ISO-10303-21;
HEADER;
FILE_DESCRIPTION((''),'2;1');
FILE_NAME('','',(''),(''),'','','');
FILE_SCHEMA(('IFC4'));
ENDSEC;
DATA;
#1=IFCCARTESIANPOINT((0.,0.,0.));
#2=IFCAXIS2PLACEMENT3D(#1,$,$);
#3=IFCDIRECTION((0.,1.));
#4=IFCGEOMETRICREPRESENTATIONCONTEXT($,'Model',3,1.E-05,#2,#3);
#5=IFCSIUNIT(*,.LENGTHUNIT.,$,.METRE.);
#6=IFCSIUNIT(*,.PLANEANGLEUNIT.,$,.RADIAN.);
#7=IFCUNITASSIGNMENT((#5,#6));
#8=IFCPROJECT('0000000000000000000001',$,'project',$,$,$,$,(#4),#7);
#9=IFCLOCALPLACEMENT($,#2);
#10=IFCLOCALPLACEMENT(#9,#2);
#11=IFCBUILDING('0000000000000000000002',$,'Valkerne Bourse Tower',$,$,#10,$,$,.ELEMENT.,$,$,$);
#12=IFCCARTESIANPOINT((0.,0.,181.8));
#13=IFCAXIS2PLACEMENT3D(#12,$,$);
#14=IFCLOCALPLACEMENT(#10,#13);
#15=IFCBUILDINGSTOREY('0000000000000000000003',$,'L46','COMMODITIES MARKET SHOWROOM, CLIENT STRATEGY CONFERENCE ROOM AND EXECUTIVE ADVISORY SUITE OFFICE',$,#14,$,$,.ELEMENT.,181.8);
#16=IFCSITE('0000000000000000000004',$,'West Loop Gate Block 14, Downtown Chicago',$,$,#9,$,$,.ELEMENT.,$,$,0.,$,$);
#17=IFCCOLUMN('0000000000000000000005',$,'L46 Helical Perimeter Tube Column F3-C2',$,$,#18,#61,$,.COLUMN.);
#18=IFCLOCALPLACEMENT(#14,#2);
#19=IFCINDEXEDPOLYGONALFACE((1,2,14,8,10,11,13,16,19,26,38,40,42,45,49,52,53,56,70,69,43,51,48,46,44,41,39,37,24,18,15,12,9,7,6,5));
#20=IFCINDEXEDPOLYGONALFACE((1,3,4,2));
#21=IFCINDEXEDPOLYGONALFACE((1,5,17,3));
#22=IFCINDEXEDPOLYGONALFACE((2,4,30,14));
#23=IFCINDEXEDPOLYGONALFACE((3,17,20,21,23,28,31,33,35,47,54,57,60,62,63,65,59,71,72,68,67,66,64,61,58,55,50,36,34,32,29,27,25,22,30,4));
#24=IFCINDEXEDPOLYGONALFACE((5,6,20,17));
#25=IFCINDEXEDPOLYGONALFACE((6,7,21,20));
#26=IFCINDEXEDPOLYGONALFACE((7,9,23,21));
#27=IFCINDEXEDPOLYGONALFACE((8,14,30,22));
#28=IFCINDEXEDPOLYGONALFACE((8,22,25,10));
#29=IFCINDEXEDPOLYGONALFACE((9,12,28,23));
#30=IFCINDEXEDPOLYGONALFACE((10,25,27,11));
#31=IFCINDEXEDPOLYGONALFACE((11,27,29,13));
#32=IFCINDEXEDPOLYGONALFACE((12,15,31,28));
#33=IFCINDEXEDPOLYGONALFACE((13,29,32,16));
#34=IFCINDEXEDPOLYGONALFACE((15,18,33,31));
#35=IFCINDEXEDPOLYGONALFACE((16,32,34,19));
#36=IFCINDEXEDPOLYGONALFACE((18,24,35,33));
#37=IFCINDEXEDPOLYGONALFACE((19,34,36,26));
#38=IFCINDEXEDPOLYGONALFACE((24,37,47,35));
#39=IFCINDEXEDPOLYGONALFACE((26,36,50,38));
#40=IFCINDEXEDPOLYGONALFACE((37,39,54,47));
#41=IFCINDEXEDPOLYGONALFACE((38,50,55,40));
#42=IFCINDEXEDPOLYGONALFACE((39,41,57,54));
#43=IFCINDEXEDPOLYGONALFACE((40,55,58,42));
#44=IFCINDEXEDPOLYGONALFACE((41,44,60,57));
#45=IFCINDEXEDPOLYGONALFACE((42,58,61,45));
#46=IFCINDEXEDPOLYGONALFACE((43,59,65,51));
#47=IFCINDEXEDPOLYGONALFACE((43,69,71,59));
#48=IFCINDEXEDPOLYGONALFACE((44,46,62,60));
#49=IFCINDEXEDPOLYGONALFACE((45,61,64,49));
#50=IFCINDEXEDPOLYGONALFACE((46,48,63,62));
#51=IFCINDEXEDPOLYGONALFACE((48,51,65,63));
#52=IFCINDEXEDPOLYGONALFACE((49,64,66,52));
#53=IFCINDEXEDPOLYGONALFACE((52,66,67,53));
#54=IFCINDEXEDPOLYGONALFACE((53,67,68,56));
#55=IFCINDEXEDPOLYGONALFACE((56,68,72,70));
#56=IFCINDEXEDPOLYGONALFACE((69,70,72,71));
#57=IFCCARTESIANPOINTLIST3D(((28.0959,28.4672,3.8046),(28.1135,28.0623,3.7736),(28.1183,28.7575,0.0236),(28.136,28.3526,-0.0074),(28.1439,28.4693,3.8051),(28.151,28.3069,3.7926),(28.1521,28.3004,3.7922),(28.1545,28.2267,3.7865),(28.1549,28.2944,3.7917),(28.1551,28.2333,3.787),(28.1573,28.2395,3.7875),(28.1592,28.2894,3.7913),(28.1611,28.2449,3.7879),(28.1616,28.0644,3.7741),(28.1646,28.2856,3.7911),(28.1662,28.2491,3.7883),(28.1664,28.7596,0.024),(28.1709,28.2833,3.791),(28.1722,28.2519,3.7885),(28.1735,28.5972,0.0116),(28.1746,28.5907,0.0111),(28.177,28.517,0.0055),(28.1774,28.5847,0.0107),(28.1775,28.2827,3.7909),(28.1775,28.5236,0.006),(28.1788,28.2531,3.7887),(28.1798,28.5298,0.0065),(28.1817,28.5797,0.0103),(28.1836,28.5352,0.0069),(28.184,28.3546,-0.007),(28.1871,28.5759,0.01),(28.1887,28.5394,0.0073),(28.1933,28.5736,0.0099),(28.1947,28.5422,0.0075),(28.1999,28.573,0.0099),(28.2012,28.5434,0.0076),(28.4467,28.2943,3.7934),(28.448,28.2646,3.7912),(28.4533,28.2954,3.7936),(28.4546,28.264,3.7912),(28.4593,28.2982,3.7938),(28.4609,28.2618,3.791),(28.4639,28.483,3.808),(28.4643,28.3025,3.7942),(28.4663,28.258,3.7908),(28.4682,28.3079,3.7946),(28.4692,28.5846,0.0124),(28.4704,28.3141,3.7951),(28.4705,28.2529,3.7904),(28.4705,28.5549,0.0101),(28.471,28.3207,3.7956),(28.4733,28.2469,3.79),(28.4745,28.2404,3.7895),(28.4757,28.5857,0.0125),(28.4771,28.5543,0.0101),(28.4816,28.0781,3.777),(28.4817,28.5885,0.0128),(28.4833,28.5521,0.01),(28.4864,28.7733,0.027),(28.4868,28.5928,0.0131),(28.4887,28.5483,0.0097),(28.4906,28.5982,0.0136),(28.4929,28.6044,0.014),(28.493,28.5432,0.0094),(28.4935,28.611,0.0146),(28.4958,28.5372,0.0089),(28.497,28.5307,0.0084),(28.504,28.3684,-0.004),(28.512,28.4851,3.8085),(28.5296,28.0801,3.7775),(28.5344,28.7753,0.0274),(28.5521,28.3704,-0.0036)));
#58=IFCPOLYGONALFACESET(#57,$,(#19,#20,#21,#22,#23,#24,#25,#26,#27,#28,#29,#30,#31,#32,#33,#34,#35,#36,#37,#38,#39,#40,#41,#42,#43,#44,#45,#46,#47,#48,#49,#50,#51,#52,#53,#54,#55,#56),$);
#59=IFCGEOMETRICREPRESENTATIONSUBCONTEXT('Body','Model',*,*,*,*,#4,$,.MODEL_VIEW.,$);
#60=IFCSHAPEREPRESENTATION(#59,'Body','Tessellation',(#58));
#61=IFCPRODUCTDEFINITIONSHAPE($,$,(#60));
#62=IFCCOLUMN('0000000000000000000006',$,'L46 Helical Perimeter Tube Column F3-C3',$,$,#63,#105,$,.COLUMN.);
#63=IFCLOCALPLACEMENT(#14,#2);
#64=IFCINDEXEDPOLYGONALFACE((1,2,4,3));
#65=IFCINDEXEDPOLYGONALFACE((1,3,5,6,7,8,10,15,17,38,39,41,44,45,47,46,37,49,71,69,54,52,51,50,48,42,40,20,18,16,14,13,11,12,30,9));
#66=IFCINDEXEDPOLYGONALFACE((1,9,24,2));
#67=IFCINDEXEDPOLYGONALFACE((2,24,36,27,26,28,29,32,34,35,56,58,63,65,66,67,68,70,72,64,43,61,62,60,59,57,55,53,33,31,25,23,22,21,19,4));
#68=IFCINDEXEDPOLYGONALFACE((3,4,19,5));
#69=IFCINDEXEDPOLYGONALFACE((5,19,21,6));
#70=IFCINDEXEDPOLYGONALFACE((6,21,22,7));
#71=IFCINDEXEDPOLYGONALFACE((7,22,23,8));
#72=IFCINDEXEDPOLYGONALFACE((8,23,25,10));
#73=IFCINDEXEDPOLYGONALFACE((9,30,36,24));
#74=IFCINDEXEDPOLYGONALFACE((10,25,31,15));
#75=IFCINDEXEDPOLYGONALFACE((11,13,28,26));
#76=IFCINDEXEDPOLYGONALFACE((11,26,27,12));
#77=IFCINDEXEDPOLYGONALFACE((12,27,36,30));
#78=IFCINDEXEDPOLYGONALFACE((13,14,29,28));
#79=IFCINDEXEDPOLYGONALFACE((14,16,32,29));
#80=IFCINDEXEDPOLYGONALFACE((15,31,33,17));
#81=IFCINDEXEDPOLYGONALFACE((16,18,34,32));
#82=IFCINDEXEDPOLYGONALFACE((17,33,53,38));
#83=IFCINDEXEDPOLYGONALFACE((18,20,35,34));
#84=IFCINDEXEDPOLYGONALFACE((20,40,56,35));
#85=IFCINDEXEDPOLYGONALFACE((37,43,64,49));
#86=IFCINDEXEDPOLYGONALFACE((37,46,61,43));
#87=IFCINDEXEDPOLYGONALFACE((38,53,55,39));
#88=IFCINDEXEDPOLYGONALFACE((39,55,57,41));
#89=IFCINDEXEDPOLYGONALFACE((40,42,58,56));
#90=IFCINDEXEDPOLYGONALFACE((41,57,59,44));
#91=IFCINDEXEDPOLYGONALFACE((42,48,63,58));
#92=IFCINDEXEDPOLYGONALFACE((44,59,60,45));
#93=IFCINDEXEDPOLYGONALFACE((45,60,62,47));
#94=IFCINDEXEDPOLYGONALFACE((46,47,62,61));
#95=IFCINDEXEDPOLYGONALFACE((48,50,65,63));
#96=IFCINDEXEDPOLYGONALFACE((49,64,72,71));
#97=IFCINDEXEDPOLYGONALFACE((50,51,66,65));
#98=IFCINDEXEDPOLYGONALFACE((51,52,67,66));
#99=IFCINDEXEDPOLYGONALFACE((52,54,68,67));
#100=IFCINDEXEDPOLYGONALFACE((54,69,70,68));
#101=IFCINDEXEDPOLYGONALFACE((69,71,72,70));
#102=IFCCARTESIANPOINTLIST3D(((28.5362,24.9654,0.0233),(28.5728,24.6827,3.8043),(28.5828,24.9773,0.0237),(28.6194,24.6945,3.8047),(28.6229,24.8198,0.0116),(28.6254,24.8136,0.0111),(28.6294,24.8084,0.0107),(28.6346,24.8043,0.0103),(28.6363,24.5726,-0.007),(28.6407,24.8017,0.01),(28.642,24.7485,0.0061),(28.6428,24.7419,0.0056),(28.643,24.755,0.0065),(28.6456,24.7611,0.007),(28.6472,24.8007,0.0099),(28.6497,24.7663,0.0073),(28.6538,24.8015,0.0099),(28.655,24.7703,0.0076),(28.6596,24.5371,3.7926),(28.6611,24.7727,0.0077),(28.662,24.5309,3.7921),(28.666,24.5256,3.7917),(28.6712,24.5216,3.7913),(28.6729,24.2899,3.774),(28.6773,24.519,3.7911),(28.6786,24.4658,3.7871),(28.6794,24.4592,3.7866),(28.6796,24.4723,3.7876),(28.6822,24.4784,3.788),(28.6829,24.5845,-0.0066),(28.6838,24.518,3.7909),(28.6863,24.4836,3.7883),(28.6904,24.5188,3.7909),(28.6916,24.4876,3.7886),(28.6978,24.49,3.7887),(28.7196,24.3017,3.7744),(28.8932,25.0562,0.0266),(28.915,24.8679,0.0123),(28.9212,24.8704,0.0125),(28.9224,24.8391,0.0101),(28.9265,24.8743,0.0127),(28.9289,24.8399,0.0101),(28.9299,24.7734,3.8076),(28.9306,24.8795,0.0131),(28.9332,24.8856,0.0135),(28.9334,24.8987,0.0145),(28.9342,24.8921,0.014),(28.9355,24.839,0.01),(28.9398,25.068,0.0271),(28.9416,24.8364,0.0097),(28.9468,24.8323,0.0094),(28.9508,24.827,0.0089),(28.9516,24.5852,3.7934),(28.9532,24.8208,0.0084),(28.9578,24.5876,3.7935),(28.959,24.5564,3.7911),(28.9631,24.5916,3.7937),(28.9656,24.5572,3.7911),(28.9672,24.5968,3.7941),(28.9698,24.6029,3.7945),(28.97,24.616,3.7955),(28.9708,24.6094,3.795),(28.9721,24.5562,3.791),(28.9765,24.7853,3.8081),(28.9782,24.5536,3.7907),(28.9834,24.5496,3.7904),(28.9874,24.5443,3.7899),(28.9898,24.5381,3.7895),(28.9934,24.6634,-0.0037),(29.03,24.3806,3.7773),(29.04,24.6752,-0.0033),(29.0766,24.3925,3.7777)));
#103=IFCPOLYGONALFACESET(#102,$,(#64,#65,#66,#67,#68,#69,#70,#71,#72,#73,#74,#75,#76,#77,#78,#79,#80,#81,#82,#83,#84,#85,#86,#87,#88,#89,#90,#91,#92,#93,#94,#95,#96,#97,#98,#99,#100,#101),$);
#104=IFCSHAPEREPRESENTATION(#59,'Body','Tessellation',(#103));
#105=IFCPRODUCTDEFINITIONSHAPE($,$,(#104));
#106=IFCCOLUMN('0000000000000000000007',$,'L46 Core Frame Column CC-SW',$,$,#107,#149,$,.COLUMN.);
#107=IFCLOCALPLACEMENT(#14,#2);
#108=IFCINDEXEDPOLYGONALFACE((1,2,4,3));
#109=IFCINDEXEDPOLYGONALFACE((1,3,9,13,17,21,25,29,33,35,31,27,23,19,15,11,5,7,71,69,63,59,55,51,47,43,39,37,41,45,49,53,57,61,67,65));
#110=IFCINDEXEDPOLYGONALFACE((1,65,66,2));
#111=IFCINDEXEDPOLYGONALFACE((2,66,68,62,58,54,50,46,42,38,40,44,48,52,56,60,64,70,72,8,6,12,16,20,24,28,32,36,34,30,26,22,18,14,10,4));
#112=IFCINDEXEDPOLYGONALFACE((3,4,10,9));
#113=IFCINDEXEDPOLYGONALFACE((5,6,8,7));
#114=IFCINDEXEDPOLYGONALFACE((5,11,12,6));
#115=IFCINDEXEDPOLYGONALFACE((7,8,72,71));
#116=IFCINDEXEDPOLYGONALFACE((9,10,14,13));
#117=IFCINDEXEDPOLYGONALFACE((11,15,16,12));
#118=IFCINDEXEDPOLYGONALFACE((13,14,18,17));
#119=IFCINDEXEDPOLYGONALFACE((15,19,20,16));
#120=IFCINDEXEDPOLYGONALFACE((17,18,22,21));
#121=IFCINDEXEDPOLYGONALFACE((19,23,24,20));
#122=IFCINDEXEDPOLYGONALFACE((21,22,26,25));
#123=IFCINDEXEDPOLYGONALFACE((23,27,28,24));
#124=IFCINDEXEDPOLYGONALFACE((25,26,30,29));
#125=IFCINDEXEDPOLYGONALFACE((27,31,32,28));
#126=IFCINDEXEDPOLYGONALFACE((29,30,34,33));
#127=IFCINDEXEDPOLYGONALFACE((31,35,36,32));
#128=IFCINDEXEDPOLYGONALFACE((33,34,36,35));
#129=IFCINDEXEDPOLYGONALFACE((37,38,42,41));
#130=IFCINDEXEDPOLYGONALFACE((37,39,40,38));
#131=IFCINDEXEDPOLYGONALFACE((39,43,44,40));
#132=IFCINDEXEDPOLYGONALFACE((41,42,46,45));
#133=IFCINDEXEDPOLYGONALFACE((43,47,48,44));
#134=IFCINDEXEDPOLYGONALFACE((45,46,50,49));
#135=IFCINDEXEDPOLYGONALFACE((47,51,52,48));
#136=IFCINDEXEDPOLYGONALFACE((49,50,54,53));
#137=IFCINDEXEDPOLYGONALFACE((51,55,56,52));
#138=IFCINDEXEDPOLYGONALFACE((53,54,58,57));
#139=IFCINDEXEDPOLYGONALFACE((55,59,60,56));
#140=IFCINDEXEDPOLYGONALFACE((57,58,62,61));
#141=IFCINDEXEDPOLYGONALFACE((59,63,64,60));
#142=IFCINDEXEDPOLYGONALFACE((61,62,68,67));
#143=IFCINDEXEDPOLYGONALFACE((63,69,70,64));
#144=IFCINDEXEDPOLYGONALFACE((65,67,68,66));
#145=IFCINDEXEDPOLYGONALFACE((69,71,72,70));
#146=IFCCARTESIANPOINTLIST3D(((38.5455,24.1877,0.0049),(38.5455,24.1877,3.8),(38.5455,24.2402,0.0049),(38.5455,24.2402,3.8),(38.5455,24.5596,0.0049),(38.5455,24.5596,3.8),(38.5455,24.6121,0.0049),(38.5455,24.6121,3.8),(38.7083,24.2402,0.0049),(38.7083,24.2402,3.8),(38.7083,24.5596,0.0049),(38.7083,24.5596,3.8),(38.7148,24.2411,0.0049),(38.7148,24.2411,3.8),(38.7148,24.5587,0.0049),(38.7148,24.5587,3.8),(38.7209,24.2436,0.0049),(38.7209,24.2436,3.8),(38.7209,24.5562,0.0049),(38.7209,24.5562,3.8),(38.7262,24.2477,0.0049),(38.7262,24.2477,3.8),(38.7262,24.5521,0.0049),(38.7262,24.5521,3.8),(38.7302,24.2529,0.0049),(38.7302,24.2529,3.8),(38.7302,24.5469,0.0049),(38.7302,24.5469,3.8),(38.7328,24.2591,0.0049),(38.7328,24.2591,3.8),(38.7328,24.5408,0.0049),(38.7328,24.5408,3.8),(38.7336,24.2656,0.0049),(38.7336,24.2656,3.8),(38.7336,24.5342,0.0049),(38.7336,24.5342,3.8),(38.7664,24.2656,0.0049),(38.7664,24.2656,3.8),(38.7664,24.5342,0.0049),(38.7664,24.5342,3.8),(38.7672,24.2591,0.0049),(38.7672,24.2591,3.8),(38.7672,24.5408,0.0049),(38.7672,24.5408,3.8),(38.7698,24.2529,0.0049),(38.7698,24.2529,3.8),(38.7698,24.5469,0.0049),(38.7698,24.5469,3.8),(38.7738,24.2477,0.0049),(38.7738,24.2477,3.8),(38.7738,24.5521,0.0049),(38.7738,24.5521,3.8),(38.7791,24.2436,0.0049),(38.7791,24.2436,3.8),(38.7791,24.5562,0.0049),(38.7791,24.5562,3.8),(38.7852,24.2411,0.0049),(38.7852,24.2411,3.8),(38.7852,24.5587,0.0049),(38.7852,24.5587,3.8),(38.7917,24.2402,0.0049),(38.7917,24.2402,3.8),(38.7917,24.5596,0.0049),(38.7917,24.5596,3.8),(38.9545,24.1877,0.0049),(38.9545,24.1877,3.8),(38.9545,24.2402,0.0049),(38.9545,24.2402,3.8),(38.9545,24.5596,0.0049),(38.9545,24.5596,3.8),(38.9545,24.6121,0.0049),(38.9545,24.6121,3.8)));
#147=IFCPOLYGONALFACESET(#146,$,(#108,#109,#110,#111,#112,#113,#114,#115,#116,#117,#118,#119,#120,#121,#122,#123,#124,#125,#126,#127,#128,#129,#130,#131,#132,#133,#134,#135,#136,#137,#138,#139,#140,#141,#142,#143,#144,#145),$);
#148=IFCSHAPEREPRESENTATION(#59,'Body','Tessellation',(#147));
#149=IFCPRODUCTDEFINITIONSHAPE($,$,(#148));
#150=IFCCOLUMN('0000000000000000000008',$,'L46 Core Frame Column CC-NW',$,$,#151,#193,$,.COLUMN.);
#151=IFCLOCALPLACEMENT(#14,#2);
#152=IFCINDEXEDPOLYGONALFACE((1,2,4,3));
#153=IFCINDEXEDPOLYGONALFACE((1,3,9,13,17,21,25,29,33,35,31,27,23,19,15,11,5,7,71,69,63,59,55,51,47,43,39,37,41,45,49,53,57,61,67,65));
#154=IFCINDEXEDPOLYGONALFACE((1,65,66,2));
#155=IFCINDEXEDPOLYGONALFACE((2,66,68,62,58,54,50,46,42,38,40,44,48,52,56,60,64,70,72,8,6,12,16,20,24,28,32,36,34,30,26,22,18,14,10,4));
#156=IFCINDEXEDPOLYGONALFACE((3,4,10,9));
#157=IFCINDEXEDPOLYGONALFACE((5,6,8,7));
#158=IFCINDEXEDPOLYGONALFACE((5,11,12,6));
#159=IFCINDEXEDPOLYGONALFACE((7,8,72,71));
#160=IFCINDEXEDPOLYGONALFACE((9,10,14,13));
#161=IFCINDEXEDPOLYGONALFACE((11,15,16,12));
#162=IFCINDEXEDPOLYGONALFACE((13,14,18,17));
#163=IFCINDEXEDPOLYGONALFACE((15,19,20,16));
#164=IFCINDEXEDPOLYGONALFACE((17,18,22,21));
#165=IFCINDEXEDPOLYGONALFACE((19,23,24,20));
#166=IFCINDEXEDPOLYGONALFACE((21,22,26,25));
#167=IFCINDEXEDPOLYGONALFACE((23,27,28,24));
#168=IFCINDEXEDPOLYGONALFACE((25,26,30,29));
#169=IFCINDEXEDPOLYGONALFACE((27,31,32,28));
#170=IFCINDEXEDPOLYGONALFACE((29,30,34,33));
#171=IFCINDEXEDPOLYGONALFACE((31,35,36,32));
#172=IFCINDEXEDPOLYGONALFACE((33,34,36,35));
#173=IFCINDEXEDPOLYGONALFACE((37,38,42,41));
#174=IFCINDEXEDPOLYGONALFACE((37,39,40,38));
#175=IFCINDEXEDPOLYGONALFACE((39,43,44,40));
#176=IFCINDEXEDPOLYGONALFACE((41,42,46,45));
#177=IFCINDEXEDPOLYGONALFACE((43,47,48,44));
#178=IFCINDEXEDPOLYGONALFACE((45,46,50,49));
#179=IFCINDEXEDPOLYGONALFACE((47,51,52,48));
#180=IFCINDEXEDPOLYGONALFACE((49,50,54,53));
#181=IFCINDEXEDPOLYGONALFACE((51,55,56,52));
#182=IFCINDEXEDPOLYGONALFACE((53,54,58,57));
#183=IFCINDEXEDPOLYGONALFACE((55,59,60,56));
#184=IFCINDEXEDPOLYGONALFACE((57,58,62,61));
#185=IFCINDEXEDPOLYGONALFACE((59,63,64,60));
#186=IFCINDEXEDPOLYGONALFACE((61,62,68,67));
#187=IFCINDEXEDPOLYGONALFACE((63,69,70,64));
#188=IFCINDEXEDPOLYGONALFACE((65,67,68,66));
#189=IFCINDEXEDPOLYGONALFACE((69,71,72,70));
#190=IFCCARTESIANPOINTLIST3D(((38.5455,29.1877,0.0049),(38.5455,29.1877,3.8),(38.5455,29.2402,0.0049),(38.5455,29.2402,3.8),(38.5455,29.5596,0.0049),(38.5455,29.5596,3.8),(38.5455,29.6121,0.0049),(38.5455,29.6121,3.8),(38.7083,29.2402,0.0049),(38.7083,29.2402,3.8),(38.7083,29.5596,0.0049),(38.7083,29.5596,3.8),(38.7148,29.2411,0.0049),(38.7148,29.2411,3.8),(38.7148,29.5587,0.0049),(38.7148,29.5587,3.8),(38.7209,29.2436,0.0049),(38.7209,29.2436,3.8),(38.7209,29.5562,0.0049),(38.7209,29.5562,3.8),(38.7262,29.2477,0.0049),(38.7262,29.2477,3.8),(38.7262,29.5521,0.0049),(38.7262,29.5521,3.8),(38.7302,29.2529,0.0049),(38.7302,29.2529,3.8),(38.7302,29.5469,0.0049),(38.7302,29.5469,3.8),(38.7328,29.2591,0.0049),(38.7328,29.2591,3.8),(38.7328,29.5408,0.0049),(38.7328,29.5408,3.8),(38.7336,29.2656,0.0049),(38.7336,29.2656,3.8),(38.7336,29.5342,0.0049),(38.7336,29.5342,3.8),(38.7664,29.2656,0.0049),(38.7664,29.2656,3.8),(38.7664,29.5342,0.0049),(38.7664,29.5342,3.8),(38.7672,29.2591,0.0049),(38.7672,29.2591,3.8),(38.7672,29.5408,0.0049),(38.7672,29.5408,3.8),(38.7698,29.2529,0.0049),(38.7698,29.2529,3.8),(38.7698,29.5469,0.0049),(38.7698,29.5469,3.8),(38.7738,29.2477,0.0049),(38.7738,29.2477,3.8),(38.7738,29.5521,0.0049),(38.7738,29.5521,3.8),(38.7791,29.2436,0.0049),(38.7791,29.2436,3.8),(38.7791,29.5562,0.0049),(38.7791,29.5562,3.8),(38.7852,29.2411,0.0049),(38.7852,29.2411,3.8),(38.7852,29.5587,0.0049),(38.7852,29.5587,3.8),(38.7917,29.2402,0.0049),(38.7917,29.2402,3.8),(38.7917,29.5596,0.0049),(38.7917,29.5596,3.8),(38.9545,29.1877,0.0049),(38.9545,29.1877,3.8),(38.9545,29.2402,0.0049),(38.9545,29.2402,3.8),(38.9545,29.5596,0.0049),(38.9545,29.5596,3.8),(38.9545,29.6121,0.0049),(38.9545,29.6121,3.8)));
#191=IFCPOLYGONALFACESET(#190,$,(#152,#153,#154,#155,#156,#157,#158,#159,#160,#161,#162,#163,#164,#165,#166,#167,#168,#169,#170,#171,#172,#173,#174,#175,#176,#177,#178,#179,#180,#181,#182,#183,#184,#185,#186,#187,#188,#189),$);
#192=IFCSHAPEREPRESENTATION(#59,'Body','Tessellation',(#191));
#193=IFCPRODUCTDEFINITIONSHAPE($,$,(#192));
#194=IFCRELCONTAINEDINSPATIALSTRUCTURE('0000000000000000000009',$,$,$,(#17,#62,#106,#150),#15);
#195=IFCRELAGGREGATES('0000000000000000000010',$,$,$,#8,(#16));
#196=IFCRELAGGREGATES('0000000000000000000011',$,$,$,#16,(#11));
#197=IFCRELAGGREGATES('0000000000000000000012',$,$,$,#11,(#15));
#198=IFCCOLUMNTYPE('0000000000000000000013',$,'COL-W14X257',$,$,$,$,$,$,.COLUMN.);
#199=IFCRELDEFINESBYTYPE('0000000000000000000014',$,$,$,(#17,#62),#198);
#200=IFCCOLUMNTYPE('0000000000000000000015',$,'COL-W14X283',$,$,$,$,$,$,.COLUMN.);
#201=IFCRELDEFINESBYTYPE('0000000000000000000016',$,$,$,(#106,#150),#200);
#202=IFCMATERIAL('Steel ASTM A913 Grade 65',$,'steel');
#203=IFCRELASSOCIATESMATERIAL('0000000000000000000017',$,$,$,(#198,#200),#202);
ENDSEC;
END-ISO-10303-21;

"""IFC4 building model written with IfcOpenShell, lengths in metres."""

from ifc_helpers import new_model, si_unit, direction, frame, origin, origin_2d, place, context, subcontext, project, spatial, i_section, extrude, material, material_profile, profile_set, type_object, element, save


model = new_model("IFC4")

# Units and contexts
model_context = context("Model", 3, precision=1e-05, world=origin(), true_north=direction((0.0, 1.0)))
body_context = subcontext(model_context, "Body", "Model", "MODEL_VIEW")
ifc_project = project(units=[si_unit("LENGTHUNIT", "METRE"), si_unit("PLANEANGLEUNIT", "RADIAN")], contexts=[model_context])

# Site, building, storey
site_placement = place(None, origin())
site = spatial("IfcSite", under=ifc_project, at=site_placement, Name="West Loop Gate Block 14, Downtown Chicago", CompositionType="ELEMENT", RefElevation=0.0)
building_placement = place(site_placement, origin())
building = spatial("IfcBuilding", under=site, at=building_placement, Name="Valkerne Bourse Tower", CompositionType="ELEMENT")
storey_placement = place(building_placement, frame((0.0, 0.0, 181.8)))
storey = spatial("IfcBuildingStorey", under=building, at=storey_placement, Name="L46", Description="COMMODITIES MARKET SHOWROOM, CLIENT STRATEGY CONFERENCE ROOM AND EXECUTIVE ADVISORY SUITE OFFICE", CompositionType="ELEMENT", Elevation=181.8)

# Columns
ifc_material_1 = material(Name="Steel ASTM A913 Grade 65", Category="steel")
ifc_material_profile_1 = material_profile(ifc_material_1, i_section(OverallWidth=0.4065, OverallDepth=0.4165, WebThickness=0.0298, FlangeThickness=0.0481, FilletRadius=0.0254, at=origin_2d()), Name="W14X257")
ifc_profile_set_1 = profile_set([ifc_material_profile_1], Name="Steel ASTM A913 Grade 65")
column_type_1 = type_object("IfcColumnType", Name="COL-W14X257", PredefinedType="COLUMN", material=ifc_profile_set_1)
column_1_placement = place(storey_placement, frame((28.3352, 28.564, 0.01), z_axis=(-0.005923, -0.076547, 0.997048), x_axis=(0.043418, -0.996145, -0.07622)))
element("IfcColumn", 1, at=column_1_placement, inside=storey, type_object=column_type_1, Name="L46 Helical Perimeter Tube Column F3-C2", PredefinedType="COLUMN", context=body_context, shape_type="SweptSolid", body=[
    extrude(i_section(OverallWidth=0.4065, OverallDepth=0.4165, WebThickness=0.0298, FlangeThickness=0.0481, FilletRadius=0.0254, at=origin_2d()), origin(), (0.0, 0.0, 1.0), 3.7922),
])
column_2_placement = place(storey_placement, frame((28.7881, 24.8203, 0.01), z_axis=(0.009658, -0.074561, 0.99717), x_axis=(0.246311, -0.966313, -0.074639)))
element("IfcColumn", 2, at=column_2_placement, inside=storey, type_object=column_type_1, Name="L46 Helical Perimeter Tube Column F3-C3", PredefinedType="COLUMN", context=body_context, shape_type="SweptSolid", body=[
    extrude(i_section(OverallWidth=0.4065, OverallDepth=0.4165, WebThickness=0.0298, FlangeThickness=0.0481, FilletRadius=0.0254, at=origin_2d()), origin(), (0.0, 0.0, 1.0), 3.7917),
])
ifc_material_profile_2 = material_profile(ifc_material_1, i_section(OverallWidth=0.4089, OverallDepth=0.4243, WebThickness=0.0327, FlangeThickness=0.0525, FilletRadius=0.0254, at=origin_2d()), Name="W14X283")
ifc_profile_set_2 = profile_set([ifc_material_profile_2], Name="Steel ASTM A913 Grade 65")
column_type_2 = type_object("IfcColumnType", Name="COL-W14X283", PredefinedType="COLUMN", material=ifc_profile_set_2)
for number, where, z_axis, x_axis, name in (
    (3, (38.75, 24.3999, 0.0049), (0.0, 0.0, 1.0), (1.0, 0.0, 0.0), "L46 Core Frame Column CC-SW"),
    (4, (38.75, 29.3999, 0.0049), (0.0, 0.0, 1.0), (1.0, 0.0, 0.0), "L46 Core Frame Column CC-NW"),
):
    element("IfcColumn", number, at=place(storey_placement, frame(where, z_axis=z_axis, x_axis=x_axis)), inside=storey, type_object=column_type_2, Name=name, PredefinedType="COLUMN", context=body_context, shape_type="SweptSolid", body=[
        extrude(i_section(OverallWidth=0.4089, OverallDepth=0.4243, WebThickness=0.0327, FlangeThickness=0.0525, FilletRadius=0.0254, at=origin_2d()), origin(), (0.0, 0.0, 1.0), 3.7952),
    ])

save(model, "model.ifc")
